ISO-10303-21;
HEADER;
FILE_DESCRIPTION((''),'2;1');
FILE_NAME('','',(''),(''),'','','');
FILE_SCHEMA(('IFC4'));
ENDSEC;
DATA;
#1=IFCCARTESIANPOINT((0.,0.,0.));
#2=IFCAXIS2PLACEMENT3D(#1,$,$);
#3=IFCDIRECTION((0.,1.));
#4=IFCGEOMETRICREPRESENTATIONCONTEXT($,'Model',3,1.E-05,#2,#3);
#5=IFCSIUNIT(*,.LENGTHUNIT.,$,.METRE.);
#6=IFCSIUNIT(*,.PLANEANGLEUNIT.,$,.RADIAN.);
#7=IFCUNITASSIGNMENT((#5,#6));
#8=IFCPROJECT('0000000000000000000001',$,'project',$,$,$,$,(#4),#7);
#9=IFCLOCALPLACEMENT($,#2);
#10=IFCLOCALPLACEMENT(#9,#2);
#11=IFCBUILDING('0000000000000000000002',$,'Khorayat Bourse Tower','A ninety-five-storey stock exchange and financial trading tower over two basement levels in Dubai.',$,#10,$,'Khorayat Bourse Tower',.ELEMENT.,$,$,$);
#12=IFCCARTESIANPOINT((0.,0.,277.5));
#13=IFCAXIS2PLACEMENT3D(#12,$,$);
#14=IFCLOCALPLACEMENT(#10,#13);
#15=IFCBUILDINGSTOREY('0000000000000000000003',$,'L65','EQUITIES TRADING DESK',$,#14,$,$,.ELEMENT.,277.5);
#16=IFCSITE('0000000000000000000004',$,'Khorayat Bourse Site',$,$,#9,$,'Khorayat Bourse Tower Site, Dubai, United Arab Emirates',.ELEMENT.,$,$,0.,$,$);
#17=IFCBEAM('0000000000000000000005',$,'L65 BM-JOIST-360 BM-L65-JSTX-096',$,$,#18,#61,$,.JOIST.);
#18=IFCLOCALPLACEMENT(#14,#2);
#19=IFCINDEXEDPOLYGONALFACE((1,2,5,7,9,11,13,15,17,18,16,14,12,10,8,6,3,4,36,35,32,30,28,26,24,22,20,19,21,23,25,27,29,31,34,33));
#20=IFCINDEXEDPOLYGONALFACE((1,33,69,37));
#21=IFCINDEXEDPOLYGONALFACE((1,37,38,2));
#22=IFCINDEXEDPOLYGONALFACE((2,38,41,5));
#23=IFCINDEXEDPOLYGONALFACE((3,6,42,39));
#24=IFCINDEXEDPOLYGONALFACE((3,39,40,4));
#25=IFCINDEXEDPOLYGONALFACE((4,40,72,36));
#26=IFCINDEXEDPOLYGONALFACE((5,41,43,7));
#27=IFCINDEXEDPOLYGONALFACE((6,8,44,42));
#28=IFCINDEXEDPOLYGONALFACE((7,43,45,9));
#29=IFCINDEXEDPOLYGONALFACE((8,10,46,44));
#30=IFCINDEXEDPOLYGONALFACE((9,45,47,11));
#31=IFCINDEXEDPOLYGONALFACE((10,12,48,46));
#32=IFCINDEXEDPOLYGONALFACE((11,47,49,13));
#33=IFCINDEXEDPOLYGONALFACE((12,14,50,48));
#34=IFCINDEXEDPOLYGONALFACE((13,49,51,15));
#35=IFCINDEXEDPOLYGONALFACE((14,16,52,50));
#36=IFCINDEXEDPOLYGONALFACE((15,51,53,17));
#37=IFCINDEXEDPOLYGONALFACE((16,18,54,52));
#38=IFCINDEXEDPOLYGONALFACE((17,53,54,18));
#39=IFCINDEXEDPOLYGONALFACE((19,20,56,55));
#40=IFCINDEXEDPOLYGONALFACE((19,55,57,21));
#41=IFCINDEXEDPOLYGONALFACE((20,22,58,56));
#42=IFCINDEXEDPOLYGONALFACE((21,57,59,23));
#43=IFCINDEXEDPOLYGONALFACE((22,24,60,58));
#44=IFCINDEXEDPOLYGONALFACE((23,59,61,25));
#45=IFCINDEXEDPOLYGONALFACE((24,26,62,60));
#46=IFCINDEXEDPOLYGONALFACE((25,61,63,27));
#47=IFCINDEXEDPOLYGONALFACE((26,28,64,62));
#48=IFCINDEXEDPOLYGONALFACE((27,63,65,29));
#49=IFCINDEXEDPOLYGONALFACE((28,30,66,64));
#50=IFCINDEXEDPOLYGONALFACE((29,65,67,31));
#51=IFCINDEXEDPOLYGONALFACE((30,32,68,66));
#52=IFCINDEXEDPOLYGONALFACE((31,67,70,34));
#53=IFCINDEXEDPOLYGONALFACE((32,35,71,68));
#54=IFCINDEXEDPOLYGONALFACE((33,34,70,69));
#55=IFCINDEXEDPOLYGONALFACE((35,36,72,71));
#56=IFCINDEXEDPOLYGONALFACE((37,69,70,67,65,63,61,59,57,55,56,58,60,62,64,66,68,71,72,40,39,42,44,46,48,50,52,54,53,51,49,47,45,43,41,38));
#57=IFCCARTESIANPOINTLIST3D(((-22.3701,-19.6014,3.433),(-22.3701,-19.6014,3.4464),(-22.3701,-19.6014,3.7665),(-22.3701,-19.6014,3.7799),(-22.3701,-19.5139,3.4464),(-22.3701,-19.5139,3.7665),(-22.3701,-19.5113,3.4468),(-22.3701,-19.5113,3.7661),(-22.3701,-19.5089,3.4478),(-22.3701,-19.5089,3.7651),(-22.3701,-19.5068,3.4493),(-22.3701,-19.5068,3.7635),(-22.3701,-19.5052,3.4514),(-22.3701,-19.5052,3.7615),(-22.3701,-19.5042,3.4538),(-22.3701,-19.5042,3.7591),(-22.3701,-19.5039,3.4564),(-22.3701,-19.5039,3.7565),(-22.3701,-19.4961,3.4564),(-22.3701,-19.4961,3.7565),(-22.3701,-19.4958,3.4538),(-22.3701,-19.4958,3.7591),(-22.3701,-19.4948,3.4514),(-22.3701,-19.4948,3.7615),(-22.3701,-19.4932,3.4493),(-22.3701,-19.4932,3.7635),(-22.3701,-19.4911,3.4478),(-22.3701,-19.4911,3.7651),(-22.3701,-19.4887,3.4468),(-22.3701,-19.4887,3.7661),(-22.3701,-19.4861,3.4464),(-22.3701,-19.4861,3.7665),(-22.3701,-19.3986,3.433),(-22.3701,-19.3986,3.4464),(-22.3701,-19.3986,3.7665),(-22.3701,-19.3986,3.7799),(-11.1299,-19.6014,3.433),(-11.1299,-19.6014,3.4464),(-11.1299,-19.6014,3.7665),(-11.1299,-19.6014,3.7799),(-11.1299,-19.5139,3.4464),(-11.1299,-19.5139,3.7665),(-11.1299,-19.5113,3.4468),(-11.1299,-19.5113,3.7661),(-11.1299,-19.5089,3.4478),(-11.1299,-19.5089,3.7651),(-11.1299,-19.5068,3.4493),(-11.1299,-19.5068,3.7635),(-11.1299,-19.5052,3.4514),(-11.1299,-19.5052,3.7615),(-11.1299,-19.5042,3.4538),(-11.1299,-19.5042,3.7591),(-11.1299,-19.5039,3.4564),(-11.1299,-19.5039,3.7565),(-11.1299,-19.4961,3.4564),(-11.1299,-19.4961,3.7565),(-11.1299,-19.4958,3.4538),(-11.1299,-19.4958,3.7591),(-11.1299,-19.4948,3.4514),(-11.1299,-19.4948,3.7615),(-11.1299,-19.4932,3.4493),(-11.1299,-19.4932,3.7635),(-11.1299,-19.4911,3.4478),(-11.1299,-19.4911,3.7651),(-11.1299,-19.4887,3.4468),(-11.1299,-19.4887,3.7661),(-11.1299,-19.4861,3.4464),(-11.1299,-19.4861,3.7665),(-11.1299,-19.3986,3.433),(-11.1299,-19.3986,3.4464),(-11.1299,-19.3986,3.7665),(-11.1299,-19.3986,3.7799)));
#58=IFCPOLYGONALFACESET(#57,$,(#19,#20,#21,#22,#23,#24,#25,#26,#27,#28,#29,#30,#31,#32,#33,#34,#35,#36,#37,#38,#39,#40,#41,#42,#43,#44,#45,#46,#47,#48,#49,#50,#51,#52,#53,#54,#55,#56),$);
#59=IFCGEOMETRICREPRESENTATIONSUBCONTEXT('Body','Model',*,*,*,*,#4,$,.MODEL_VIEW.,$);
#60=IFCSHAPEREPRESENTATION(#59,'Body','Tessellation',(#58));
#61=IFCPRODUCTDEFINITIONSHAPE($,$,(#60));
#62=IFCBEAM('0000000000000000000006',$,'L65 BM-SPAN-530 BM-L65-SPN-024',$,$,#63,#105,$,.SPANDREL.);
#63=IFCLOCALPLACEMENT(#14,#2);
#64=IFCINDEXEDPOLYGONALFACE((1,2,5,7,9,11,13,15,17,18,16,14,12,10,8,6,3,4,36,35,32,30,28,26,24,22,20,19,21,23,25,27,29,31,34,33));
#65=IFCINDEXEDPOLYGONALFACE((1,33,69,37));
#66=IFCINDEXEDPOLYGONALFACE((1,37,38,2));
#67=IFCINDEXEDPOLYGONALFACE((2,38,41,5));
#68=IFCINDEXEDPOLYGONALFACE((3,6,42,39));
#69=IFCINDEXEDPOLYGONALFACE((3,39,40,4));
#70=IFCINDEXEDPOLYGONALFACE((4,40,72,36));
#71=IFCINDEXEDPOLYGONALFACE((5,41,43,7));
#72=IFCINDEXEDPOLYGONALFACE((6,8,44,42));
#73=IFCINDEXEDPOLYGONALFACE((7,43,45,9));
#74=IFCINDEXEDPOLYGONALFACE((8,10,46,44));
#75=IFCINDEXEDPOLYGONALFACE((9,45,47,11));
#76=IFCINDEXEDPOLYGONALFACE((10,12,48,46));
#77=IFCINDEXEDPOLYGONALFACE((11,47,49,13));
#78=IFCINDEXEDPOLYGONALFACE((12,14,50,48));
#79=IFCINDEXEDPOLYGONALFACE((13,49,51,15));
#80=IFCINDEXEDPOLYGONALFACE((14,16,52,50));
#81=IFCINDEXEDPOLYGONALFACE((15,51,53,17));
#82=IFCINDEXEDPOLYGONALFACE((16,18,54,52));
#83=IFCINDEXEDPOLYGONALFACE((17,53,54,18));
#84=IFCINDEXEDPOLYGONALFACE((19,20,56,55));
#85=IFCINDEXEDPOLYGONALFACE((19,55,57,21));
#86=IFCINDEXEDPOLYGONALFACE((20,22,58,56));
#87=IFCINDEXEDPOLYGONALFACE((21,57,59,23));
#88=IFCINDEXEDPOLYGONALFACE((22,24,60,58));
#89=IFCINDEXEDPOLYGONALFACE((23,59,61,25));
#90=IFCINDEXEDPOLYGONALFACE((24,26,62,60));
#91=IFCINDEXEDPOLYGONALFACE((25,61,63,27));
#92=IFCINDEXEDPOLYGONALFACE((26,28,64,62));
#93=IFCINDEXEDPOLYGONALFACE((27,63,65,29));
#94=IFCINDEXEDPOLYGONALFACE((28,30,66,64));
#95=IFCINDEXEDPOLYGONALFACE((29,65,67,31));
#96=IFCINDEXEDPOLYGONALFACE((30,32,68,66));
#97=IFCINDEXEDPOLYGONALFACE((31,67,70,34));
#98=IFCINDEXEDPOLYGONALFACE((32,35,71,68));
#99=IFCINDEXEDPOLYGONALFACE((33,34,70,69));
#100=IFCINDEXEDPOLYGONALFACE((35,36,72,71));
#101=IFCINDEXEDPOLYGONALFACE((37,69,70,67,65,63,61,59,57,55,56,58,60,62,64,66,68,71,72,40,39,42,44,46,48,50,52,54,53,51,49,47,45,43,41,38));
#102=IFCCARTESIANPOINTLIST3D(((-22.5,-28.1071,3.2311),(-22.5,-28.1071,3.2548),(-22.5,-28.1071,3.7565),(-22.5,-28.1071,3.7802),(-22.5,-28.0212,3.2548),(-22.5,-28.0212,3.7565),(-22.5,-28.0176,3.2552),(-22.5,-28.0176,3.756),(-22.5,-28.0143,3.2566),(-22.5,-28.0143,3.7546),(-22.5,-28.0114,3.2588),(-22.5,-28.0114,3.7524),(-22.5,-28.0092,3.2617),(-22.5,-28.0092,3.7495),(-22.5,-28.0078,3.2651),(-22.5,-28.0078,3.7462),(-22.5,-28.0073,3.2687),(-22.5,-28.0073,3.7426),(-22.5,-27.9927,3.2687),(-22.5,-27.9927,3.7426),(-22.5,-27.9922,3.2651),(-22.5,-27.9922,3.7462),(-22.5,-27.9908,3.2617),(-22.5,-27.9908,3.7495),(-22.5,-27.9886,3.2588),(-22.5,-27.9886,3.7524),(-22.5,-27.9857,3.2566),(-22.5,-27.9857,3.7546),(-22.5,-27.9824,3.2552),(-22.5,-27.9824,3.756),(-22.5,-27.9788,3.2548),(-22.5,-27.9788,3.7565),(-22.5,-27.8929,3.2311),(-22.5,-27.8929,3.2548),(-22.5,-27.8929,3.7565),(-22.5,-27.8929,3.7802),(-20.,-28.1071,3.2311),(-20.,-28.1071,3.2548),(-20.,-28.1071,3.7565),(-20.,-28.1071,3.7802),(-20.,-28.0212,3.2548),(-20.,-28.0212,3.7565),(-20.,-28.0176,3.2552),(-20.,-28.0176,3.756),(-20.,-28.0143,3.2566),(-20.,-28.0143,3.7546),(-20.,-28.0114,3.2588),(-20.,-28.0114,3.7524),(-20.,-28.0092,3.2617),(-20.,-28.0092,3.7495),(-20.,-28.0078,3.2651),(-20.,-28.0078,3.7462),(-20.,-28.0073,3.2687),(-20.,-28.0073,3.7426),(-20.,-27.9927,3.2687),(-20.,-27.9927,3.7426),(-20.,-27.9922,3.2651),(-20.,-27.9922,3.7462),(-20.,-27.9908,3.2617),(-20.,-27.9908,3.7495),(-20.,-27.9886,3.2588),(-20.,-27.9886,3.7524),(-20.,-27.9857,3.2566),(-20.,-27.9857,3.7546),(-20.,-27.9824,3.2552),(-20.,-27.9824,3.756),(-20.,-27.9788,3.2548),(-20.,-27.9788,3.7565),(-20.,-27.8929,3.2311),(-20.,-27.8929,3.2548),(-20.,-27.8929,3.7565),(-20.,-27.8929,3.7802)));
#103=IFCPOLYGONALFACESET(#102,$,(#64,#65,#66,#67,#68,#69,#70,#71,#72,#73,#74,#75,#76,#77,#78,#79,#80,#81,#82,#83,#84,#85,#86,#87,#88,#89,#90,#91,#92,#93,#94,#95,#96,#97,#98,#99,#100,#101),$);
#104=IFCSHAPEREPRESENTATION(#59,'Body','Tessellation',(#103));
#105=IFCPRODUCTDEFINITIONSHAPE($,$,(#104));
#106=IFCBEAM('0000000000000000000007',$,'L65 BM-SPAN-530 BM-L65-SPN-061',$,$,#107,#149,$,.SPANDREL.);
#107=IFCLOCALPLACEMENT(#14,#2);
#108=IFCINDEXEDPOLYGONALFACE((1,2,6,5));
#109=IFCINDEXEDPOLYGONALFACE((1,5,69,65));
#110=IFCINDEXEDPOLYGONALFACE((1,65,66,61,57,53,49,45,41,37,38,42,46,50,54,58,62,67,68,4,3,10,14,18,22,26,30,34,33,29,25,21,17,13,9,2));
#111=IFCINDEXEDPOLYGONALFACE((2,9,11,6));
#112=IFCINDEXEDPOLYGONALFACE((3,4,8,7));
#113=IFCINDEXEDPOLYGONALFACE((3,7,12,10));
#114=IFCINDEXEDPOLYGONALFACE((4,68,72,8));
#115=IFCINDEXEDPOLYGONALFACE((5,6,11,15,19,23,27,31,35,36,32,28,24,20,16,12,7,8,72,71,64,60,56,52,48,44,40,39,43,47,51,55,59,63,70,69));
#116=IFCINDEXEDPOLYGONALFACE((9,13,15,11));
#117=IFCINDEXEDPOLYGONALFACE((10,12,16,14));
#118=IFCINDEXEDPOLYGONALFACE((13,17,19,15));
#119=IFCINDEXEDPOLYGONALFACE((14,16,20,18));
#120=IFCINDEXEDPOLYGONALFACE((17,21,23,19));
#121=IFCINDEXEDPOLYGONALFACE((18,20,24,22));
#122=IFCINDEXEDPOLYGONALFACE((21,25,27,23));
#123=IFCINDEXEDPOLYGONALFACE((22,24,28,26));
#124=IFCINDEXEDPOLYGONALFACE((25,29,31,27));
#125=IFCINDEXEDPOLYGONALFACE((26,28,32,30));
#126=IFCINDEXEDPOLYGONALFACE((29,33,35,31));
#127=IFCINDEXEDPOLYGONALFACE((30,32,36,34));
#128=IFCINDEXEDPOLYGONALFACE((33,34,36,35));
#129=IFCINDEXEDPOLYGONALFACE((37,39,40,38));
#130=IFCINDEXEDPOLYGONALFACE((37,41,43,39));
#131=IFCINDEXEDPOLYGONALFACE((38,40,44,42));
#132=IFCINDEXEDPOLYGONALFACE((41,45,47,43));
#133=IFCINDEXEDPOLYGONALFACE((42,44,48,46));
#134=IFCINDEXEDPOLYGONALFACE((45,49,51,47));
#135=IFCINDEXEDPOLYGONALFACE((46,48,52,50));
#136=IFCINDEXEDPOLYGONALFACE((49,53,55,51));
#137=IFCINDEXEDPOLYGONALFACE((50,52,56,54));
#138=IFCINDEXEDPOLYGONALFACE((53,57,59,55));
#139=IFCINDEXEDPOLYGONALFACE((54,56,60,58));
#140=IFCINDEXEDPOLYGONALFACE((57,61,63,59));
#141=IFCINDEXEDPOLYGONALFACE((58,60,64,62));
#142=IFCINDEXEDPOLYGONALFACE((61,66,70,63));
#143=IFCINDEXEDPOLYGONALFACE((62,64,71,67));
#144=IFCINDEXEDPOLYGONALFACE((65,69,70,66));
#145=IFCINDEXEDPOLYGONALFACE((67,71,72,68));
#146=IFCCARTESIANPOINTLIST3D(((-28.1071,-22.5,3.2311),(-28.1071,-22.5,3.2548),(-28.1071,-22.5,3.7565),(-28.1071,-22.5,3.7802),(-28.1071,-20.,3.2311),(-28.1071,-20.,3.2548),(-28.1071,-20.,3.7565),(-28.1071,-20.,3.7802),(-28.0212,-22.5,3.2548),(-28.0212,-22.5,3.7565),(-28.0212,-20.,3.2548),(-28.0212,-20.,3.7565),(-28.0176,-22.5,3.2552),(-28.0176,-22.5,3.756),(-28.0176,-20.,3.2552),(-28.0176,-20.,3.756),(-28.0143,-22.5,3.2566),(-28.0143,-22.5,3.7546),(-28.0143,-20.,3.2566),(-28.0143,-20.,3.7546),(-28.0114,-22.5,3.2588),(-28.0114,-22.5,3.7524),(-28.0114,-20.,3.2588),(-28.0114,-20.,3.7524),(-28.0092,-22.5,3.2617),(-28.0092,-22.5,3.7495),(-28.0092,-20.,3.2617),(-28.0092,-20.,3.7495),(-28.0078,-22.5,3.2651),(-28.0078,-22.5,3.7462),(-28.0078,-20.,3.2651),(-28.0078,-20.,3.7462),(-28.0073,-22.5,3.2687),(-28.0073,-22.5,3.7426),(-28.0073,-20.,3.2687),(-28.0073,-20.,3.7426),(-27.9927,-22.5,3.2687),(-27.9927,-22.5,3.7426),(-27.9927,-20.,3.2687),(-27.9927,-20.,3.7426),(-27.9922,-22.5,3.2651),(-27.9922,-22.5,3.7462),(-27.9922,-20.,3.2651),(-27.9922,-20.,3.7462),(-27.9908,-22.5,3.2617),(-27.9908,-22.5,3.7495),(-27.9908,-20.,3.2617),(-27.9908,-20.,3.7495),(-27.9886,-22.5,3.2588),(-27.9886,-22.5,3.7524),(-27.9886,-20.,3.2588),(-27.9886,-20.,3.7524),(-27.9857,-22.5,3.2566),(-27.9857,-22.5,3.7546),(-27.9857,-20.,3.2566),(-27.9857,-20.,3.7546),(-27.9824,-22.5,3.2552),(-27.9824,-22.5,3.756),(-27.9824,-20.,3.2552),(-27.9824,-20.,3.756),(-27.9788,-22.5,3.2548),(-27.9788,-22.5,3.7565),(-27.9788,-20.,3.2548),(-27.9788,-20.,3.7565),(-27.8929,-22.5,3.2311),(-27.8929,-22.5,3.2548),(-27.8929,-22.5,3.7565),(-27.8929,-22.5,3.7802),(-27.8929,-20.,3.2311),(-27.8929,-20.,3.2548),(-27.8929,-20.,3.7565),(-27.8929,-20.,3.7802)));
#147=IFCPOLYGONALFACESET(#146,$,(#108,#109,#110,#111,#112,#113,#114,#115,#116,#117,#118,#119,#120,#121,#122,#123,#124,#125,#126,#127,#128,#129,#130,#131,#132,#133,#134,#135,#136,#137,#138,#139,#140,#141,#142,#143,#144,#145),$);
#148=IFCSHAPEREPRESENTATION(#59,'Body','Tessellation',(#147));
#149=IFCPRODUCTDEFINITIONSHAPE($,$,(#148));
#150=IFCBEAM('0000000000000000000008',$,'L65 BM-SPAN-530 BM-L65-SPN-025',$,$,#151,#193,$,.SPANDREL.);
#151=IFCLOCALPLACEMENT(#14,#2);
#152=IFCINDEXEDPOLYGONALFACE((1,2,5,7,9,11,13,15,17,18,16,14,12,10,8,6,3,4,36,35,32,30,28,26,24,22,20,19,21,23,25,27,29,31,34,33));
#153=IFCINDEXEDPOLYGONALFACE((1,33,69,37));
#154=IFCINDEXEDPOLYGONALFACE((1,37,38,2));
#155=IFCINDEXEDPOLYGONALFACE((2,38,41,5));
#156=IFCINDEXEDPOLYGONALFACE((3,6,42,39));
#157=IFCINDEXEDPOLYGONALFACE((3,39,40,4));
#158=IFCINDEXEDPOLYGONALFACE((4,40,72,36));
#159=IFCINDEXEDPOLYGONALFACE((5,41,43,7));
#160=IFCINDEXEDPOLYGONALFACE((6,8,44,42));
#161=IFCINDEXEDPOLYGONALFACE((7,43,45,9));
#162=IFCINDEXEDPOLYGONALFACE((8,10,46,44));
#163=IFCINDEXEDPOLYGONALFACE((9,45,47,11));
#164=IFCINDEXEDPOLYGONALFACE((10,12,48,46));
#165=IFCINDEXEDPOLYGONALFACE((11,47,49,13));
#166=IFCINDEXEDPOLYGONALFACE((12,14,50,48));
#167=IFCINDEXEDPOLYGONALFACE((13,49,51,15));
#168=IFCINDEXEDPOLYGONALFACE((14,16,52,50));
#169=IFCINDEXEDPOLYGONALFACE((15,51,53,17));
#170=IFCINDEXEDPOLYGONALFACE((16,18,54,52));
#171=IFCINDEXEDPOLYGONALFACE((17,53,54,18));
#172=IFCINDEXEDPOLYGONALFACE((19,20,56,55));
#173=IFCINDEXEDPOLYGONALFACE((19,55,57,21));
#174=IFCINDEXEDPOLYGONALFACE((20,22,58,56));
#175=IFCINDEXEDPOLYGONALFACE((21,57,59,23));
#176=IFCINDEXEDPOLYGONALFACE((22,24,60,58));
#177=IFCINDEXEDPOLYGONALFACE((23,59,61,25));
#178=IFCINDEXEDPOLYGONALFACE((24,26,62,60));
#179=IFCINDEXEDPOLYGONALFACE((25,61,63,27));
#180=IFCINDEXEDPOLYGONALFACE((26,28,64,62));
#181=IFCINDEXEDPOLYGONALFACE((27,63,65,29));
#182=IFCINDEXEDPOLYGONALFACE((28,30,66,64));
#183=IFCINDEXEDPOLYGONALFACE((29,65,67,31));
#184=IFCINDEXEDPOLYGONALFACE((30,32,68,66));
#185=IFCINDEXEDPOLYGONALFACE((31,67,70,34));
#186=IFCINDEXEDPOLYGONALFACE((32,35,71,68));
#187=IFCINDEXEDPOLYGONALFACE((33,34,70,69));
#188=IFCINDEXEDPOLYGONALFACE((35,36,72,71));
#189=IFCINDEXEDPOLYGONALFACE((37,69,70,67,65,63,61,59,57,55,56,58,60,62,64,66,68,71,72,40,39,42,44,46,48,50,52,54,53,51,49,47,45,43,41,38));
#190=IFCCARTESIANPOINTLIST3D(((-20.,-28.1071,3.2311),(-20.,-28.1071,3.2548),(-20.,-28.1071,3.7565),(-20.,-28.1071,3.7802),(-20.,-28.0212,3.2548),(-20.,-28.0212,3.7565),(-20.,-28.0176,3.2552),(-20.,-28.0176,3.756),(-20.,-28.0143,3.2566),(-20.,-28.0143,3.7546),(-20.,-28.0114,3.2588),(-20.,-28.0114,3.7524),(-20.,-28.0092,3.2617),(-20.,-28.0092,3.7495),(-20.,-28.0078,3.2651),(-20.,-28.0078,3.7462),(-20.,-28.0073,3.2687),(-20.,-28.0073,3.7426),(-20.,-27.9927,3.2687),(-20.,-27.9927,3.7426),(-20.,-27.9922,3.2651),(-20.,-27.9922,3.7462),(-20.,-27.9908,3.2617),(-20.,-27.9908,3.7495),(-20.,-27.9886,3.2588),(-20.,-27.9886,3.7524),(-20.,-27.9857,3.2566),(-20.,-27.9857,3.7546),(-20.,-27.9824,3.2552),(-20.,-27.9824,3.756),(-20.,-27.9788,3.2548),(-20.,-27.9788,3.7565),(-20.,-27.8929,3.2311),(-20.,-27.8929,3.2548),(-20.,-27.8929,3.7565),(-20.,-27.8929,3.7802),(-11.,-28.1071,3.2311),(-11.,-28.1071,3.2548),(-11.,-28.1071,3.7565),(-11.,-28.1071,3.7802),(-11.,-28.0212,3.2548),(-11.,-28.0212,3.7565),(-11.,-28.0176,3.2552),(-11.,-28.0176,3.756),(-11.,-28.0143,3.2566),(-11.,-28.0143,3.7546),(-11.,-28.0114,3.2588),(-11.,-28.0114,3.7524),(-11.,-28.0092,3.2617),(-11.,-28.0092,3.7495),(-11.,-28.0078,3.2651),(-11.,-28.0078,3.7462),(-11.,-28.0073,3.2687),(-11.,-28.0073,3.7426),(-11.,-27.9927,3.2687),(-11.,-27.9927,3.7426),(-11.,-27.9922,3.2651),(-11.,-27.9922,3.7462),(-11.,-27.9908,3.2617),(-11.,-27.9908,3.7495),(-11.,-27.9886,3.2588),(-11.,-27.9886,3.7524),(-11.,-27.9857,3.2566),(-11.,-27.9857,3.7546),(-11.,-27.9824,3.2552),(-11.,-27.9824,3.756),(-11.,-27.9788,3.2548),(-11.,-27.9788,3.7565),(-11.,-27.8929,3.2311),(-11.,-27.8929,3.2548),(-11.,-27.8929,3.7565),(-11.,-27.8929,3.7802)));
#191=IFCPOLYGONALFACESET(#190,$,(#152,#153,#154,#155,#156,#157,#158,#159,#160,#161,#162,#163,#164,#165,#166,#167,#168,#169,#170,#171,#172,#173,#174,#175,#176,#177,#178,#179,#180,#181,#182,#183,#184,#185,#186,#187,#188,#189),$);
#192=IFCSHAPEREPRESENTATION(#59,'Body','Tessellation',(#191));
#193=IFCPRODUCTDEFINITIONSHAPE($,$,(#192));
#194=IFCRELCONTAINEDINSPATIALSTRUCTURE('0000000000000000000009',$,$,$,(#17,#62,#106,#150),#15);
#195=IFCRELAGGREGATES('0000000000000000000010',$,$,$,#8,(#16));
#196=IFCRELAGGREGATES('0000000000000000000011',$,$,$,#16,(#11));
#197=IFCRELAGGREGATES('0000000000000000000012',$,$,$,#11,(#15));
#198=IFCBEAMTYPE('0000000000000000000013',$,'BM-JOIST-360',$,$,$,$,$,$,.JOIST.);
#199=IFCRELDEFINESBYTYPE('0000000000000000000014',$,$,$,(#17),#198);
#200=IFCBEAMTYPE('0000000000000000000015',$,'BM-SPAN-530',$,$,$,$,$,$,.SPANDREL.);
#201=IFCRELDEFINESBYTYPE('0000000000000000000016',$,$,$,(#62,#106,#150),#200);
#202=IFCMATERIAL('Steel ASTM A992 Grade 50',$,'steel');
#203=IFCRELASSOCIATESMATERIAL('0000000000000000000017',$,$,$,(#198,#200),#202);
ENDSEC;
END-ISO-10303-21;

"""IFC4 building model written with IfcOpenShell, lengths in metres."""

from ifc_helpers import new_model, si_unit, direction, frame, origin, origin_2d, place, context, subcontext, project, spatial, i_section, extrude, source, transform, mapped, material, material_profile, profile_set, type_object, element, save


model = new_model("IFC4")

# Units and contexts
model_context = context("Model", 3, precision=1e-05, world=origin(), true_north=direction((0.0, 1.0)))
body_context = subcontext(model_context, "Body", "Model", "MODEL_VIEW")
ifc_project = project(units=[si_unit("LENGTHUNIT", "METRE"), si_unit("PLANEANGLEUNIT", "RADIAN")], contexts=[model_context])

# Site, building, storey
site_placement = place(None, origin())
site = spatial("IfcSite", under=ifc_project, at=site_placement, Name="Khorayat Bourse Site", LongName="Khorayat Bourse Tower Site, Dubai, United Arab Emirates", CompositionType="ELEMENT", RefElevation=0.0)
building_placement = place(site_placement, origin())
building = spatial("IfcBuilding", under=site, at=building_placement, Name="Khorayat Bourse Tower", Description="A ninety-five-storey stock exchange and financial trading tower over two basement levels in Dubai.", LongName="Khorayat Bourse Tower", CompositionType="ELEMENT")
storey_placement = place(building_placement, frame((0.0, 0.0, 277.5)))
storey = spatial("IfcBuildingStorey", under=building, at=storey_placement, Name="L65", Description="EQUITIES TRADING DESK", CompositionType="ELEMENT", Elevation=277.5)

# Beams
ifc_material_1 = material(Name="Steel ASTM A992 Grade 50", Category="steel")
ifc_material_profile_1 = material_profile(ifc_material_1, i_section(OverallWidth=0.2029, OverallDepth=0.3469, WebThickness=0.0078, FlangeThickness=0.0134, FilletRadius=0.01, at=origin_2d()), Name="W360X64")
ifc_profile_set_1 = profile_set([ifc_material_profile_1], Name="Steel ASTM A992 Grade 50")
beam_type_1 = type_object("IfcBeamType", Name="BM-JOIST-360", PredefinedType="JOIST", material=ifc_profile_set_1)
shared_shape_1 = source(origin(), body_context, "Body", "SweptSolid", [
    extrude(i_section(OverallWidth=0.2029, OverallDepth=0.3469, WebThickness=0.0078, FlangeThickness=0.0134, FilletRadius=0.01, at=origin_2d()), origin(), (0.0, 0.0, 1.0), 11.2402),
])
beam_1_placement = place(storey_placement, frame((-22.3701, -19.5, 3.6064), z_axis=(1.0, 0.0, 0.0), x_axis=(0.0, 1.0, 0.0)))
element("IfcBeam", 1, at=beam_1_placement, inside=storey, type_object=beam_type_1, Name="L65 BM-JOIST-360 BM-L65-JSTX-096", PredefinedType="JOIST", context=body_context, shape_type="MappedRepresentation", body=[
    mapped(shared_shape_1, transform((0.0, 0.0, 0.0), scale=1.0)),
])
ifc_material_profile_2 = material_profile(ifc_material_1, i_section(OverallWidth=0.2141, OverallDepth=0.5491, WebThickness=0.0146, FlangeThickness=0.0237, FilletRadius=0.0139, at=origin_2d()), Name="W530X138")
ifc_profile_set_2 = profile_set([ifc_material_profile_2], Name="Steel ASTM A992 Grade 50")
beam_type_2 = type_object("IfcBeamType", Name="BM-SPAN-530", PredefinedType="SPANDREL", material=ifc_profile_set_2)
shared_shape_2 = source(origin(), body_context, "Body", "SweptSolid", [
    extrude(i_section(OverallWidth=0.2141, OverallDepth=0.5491, WebThickness=0.0146, FlangeThickness=0.0237, FilletRadius=0.0139, at=origin_2d()), origin(), (0.0, 0.0, 1.0), 2.5),
])
for number, where, z_axis, x_axis, name in (
    (2, (-22.5, -28.0, 3.5056), (1.0, 0.0, 0.0), (0.0, 1.0, 0.0), "L65 BM-SPAN-530 BM-L65-SPN-024"),
    (3, (-28.0, -22.5, 3.5056), (0.0, 1.0, 0.0), (-1.0, 0.0, 0.0), "L65 BM-SPAN-530 BM-L65-SPN-061"),
):
    element("IfcBeam", number, at=place(storey_placement, frame(where, z_axis=z_axis, x_axis=x_axis)), inside=storey, type_object=beam_type_2, Name=name, PredefinedType="SPANDREL", context=body_context, shape_type="MappedRepresentation", body=[
        mapped(shared_shape_2, transform((0.0, 0.0, 0.0), scale=1.0)),
    ])
shared_shape_3 = source(origin(), body_context, "Body", "SweptSolid", [
    extrude(i_section(OverallWidth=0.2141, OverallDepth=0.5491, WebThickness=0.0146, FlangeThickness=0.0237, FilletRadius=0.0139, at=origin_2d()), origin(), (0.0, 0.0, 1.0), 9.0),
])
for number, where, z_axis, x_axis, name in (
    (4, (-20.0, -28.0, 3.5056), (1.0, 0.0, 0.0), (0.0, 1.0, 0.0), "L65 BM-SPAN-530 BM-L65-SPN-025"),
):
    element("IfcBeam", number, at=place(storey_placement, frame(where, z_axis=z_axis, x_axis=x_axis)), inside=storey, type_object=beam_type_2, Name=name, PredefinedType="SPANDREL", context=body_context, shape_type="MappedRepresentation", body=[
        mapped(shared_shape_3, transform((0.0, 0.0, 0.0), scale=1.0)),
    ])

save(model, "model.ifc")
